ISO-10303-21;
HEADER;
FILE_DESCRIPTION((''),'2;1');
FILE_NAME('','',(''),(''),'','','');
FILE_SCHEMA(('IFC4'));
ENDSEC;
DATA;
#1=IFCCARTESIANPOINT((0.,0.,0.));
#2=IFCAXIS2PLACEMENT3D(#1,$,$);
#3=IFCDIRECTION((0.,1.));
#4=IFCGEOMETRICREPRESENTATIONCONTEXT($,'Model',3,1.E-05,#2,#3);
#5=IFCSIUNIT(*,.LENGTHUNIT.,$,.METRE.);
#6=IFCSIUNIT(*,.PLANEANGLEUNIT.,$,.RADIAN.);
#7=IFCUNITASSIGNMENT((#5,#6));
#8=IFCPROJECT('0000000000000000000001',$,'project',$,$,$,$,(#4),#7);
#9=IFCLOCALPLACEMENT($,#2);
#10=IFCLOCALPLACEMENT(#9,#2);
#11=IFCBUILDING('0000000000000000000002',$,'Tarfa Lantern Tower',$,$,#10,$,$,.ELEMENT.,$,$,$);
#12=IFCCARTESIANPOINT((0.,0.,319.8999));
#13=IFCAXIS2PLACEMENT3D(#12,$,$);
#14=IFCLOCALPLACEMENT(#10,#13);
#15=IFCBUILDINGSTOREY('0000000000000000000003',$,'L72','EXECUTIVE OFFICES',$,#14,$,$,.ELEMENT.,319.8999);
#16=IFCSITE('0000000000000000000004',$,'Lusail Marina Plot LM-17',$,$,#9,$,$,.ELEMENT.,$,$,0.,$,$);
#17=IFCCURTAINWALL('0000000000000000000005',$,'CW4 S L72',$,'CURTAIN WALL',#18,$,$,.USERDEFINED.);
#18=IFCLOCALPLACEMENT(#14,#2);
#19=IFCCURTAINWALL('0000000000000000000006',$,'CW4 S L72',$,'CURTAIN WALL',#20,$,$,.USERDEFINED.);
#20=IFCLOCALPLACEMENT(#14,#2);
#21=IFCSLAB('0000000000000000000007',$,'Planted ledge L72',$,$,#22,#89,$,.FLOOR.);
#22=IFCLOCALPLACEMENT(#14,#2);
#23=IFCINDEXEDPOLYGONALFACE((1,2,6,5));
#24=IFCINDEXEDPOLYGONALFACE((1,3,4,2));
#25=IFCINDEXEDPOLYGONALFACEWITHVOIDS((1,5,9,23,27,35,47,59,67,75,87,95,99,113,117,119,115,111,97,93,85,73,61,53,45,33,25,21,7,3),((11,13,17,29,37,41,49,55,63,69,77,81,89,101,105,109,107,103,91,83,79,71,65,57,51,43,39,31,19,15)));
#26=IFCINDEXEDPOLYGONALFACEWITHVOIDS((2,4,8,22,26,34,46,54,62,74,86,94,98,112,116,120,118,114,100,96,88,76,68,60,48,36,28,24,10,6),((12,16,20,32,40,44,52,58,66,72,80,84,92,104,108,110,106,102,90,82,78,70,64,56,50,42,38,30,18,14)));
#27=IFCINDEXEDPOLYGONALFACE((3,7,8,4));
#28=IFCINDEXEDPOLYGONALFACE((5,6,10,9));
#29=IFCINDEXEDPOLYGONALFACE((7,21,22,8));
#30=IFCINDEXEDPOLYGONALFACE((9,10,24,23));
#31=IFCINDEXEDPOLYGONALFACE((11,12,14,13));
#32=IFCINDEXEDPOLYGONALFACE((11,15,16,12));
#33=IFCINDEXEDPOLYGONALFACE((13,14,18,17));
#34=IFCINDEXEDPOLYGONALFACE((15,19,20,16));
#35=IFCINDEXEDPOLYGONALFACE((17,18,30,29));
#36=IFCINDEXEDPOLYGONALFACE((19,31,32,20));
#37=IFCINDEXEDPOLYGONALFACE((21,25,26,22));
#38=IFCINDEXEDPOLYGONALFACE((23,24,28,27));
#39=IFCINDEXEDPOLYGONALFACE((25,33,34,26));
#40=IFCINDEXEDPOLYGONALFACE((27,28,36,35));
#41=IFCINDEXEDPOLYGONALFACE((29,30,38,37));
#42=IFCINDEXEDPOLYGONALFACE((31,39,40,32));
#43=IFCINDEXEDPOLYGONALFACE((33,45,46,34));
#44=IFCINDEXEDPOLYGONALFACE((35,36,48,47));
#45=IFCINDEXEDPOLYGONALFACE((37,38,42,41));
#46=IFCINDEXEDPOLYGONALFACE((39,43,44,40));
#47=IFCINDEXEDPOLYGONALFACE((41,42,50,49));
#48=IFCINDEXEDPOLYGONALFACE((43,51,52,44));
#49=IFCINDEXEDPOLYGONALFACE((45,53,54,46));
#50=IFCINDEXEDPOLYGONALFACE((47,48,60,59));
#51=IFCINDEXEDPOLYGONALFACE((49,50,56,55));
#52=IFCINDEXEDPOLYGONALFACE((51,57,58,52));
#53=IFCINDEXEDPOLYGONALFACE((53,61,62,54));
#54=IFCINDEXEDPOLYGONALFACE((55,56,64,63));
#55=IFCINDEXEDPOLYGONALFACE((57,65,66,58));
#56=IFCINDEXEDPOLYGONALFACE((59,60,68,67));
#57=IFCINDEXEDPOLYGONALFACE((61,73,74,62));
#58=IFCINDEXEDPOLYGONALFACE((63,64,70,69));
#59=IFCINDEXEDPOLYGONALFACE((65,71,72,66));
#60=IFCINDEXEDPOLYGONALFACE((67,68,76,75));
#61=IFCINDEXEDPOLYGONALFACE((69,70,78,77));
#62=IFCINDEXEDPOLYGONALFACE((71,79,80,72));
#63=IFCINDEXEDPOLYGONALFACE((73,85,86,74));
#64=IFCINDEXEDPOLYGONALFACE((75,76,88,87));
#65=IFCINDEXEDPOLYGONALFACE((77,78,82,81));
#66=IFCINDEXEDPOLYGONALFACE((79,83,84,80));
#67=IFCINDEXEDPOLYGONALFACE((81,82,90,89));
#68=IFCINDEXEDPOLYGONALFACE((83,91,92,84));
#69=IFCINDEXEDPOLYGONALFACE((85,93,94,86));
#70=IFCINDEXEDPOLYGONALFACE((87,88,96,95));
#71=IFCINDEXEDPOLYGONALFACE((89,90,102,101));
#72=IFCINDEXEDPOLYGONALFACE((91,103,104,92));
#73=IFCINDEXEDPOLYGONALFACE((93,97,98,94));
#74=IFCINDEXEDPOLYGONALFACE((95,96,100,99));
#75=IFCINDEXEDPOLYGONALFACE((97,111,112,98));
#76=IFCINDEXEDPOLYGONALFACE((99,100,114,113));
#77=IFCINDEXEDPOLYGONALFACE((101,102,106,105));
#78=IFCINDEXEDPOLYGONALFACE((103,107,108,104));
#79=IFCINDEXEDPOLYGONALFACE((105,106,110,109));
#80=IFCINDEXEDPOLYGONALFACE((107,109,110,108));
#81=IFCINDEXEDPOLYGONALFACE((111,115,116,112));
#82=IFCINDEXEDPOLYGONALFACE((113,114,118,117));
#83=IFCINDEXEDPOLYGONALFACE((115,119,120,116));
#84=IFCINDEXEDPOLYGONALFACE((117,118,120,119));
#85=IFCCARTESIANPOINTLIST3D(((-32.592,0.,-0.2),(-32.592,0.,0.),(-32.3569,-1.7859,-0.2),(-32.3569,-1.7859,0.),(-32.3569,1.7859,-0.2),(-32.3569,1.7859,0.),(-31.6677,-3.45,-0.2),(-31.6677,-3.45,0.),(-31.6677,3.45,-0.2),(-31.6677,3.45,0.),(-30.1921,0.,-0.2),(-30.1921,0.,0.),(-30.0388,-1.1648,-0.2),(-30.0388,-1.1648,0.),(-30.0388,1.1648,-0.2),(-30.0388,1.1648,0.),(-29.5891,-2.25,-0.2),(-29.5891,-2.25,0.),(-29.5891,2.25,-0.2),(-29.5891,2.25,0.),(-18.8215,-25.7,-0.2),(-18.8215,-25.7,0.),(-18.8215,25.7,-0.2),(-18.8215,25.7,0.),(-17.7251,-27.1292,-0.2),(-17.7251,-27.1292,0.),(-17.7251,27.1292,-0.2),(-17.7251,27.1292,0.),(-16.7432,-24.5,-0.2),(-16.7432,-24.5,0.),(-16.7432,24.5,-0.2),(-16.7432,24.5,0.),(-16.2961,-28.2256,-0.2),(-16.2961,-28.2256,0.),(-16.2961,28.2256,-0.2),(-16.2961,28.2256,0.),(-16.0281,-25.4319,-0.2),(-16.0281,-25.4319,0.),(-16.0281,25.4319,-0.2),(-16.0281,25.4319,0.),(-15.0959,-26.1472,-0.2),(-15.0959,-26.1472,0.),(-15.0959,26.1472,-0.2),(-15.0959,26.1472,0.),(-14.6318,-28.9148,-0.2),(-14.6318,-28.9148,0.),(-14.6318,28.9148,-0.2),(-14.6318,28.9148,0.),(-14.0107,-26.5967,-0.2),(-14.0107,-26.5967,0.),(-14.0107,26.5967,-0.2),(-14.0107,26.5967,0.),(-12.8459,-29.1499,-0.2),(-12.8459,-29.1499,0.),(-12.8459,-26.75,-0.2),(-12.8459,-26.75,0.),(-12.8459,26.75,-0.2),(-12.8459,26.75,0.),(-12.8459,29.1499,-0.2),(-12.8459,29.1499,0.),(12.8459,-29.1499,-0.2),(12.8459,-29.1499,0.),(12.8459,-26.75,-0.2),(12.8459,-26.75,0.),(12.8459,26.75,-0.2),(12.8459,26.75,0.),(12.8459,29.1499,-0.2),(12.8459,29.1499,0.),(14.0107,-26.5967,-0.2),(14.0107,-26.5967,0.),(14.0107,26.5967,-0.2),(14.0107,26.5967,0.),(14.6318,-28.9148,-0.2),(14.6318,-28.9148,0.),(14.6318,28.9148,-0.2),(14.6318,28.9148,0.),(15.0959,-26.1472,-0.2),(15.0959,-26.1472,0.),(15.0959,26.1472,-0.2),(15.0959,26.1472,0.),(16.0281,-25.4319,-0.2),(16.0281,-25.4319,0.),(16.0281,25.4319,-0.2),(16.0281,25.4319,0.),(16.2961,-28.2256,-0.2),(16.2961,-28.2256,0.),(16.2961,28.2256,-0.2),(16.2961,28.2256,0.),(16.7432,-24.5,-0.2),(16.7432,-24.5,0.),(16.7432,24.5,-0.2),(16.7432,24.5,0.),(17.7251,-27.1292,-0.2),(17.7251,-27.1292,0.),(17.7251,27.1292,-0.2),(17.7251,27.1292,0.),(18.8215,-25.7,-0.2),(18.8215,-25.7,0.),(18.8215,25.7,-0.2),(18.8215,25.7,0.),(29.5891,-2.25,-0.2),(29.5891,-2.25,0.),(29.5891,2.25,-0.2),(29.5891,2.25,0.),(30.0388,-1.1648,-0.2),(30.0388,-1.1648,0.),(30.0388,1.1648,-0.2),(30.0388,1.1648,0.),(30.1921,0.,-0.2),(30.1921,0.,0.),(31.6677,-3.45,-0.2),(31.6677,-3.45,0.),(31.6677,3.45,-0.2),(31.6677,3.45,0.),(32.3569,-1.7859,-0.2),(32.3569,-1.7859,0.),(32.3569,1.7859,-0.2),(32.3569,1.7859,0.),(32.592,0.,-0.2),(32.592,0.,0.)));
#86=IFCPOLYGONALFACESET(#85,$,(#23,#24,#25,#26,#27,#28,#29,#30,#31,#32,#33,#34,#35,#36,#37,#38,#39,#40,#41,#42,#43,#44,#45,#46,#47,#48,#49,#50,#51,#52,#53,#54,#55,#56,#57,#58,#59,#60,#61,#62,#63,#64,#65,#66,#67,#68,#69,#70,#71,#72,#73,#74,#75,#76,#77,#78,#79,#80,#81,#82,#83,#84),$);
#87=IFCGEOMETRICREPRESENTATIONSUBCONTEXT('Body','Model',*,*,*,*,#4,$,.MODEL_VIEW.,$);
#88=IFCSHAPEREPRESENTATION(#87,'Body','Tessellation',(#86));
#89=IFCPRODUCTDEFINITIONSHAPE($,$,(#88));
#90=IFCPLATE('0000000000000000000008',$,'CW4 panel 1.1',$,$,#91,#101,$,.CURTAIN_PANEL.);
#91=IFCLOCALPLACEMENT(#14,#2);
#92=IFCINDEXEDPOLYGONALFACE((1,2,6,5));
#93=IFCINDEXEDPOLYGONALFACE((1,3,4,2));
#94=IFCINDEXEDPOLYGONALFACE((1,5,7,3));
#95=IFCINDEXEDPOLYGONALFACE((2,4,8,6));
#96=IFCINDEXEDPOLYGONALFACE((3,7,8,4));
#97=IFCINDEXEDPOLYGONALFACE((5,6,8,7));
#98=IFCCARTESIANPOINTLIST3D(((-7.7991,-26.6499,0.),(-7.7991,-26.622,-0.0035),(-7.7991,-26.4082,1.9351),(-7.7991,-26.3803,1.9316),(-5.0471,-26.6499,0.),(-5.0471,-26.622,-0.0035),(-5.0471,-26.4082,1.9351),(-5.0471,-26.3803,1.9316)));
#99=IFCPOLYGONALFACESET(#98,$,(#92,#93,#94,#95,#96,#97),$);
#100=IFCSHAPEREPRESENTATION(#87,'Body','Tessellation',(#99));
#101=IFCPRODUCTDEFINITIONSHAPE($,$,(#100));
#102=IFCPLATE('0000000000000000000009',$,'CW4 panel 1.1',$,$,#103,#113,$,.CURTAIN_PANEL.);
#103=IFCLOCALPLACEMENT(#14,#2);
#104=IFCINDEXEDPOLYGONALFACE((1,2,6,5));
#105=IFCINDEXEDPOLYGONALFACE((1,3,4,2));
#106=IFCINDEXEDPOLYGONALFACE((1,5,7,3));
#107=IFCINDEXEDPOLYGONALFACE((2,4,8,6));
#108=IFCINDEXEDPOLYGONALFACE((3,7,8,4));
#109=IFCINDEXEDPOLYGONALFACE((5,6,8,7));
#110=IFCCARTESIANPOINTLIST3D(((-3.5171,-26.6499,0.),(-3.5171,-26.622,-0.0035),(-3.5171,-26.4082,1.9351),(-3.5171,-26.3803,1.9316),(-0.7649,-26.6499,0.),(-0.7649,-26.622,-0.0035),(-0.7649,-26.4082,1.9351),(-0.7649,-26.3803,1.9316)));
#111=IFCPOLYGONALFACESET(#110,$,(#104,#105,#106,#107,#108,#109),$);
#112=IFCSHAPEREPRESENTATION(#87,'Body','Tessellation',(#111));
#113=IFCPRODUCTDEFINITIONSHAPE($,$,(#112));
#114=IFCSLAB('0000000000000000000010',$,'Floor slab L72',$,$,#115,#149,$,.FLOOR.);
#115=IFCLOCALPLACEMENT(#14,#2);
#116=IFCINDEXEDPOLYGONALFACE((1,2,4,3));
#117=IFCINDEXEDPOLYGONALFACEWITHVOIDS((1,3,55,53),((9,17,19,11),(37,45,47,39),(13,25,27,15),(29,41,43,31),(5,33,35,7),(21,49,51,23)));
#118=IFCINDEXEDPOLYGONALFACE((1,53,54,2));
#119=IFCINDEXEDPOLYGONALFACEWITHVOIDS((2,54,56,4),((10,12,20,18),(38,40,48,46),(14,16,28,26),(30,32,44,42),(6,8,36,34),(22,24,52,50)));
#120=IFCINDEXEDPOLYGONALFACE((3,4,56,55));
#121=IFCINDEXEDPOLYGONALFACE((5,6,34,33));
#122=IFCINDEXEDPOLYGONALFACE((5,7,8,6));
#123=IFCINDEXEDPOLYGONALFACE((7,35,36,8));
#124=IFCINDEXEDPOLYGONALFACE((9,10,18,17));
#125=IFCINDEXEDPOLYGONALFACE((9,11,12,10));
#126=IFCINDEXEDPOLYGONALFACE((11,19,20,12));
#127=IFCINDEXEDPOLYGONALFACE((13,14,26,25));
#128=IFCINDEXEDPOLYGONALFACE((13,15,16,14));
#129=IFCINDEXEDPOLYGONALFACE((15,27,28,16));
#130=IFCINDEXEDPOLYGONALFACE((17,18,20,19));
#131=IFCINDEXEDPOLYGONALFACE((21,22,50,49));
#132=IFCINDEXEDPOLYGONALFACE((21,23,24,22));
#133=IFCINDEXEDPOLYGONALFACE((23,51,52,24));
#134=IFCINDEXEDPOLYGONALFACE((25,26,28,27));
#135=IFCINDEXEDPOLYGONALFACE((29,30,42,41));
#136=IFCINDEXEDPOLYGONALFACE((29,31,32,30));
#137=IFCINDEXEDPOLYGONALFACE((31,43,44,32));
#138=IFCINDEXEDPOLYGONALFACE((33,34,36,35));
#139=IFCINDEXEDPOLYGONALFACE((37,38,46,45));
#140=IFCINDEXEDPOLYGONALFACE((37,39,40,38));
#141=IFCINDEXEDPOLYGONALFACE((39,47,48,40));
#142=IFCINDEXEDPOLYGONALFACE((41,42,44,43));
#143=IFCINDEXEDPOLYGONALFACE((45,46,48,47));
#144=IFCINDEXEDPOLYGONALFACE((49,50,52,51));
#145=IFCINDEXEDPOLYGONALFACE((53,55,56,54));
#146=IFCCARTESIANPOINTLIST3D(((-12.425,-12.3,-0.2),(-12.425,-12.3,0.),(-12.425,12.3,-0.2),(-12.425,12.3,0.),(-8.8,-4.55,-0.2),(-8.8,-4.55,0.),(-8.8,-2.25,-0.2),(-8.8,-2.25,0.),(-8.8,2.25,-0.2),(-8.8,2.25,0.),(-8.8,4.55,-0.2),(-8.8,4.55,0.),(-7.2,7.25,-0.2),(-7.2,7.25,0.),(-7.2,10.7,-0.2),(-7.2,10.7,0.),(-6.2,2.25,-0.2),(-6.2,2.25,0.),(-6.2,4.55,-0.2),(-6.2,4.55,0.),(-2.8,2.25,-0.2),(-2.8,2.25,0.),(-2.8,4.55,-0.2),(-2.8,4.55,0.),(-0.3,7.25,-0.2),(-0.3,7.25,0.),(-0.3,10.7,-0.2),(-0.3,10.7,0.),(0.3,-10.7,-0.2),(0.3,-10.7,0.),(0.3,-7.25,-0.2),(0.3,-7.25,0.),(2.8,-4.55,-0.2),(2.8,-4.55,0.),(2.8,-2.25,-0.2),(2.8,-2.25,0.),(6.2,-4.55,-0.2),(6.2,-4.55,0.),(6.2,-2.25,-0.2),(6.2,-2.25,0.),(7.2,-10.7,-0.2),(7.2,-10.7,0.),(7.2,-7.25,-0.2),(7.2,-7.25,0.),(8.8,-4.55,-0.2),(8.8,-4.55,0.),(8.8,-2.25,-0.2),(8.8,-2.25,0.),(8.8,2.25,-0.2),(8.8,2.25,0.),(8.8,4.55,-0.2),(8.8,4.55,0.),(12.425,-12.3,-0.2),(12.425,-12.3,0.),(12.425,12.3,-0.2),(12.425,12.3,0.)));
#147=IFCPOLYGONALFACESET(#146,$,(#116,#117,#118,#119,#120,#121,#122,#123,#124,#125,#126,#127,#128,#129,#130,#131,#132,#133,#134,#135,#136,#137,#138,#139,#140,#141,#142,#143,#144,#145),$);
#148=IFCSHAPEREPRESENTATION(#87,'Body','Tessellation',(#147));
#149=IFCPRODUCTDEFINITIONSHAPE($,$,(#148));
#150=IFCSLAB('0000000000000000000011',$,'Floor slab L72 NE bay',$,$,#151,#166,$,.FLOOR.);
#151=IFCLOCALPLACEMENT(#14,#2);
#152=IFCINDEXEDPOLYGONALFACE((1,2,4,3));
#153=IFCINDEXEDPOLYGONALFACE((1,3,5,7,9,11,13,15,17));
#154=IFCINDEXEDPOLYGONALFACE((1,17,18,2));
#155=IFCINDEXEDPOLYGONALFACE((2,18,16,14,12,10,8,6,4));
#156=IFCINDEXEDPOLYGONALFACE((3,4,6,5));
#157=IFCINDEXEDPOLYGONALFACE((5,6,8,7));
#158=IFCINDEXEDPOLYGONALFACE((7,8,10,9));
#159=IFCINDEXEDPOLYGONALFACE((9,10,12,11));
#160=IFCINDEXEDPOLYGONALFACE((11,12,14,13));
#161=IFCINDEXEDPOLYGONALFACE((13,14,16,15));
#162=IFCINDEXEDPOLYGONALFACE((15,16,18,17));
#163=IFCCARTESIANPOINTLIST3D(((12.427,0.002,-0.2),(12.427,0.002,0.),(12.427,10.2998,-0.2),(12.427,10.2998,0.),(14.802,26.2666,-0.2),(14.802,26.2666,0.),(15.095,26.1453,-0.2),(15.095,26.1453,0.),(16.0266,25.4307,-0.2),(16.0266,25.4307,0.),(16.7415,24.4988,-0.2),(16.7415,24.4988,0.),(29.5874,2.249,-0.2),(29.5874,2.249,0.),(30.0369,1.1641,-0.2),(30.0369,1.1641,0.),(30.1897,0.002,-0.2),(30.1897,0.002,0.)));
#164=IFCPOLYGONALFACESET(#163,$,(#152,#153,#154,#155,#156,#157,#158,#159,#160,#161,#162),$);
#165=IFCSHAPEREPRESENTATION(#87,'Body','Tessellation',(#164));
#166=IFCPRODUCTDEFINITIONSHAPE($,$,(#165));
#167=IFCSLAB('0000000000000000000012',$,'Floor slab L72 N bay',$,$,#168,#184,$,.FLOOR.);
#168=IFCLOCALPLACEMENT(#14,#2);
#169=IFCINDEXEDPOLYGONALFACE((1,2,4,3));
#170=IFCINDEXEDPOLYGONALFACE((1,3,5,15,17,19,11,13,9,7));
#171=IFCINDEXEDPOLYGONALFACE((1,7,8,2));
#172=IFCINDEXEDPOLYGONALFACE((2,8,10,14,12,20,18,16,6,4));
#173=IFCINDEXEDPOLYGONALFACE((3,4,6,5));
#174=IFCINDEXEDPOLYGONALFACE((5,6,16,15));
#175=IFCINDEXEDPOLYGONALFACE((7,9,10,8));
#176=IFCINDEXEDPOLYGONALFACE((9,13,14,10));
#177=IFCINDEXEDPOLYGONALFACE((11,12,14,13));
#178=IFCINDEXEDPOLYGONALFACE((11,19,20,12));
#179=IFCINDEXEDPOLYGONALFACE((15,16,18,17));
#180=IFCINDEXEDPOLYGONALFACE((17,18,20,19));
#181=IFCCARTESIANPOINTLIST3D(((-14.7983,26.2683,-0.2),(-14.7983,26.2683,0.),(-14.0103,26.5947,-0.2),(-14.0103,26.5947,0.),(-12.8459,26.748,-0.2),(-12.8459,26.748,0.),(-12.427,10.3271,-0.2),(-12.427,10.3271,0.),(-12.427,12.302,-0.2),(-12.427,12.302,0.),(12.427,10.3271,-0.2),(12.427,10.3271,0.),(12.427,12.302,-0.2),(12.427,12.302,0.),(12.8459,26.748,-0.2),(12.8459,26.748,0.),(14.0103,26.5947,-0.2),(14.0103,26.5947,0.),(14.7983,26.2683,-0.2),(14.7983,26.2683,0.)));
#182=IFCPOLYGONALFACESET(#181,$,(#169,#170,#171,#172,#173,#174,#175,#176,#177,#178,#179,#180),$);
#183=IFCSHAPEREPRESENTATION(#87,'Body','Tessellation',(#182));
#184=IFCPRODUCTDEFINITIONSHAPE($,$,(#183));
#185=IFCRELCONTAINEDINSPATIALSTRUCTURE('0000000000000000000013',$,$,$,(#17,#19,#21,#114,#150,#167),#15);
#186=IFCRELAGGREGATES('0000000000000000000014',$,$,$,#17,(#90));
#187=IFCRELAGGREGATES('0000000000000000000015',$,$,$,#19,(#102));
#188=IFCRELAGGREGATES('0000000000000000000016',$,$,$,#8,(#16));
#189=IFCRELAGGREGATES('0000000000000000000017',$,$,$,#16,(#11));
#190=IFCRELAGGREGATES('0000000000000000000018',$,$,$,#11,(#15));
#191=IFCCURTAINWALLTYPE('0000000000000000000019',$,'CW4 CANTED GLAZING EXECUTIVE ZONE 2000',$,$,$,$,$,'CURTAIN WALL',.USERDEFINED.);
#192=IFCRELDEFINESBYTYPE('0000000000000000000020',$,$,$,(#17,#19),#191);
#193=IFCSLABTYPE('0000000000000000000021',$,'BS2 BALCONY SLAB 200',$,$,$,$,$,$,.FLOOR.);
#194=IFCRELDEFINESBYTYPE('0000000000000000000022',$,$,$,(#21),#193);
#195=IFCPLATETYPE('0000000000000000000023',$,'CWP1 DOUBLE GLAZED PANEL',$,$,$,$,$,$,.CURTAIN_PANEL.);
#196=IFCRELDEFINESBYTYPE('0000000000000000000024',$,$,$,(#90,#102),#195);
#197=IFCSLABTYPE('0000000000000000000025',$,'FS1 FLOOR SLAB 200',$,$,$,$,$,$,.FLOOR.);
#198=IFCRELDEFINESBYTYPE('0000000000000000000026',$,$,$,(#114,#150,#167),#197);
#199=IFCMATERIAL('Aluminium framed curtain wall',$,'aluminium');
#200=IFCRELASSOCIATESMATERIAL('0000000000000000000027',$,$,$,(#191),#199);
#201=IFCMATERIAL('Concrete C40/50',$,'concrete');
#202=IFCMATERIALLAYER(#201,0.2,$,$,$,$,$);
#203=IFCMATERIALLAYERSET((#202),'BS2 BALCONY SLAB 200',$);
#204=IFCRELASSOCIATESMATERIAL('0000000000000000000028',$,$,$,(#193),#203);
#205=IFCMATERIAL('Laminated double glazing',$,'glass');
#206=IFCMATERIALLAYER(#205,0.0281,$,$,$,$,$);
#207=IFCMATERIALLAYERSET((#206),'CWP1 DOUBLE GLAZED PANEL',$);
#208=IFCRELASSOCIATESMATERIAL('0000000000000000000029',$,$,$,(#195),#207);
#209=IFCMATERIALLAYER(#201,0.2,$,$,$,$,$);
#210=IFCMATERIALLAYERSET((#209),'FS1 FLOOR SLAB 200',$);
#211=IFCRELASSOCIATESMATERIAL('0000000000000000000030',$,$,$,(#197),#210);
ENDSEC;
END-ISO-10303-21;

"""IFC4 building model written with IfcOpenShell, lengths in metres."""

from ifc_helpers import new_model, si_unit, direction, frame, origin, place, context, subcontext, project, spatial, polyline, outline, extrude, material, layer, layer_set, type_object, element, aggregate, save


model = new_model("IFC4")

# Units and contexts
model_context = context("Model", 3, precision=1e-05, world=origin(), true_north=direction((0.0, 1.0)))
body_context = subcontext(model_context, "Body", "Model", "MODEL_VIEW")
ifc_project = project(units=[si_unit("LENGTHUNIT", "METRE"), si_unit("PLANEANGLEUNIT", "RADIAN")], contexts=[model_context])

# Site, building, storey
site_placement = place(None, origin())
site = spatial("IfcSite", under=ifc_project, at=site_placement, Name="Lusail Marina Plot LM-17", CompositionType="ELEMENT", RefElevation=0.0)
building_placement = place(site_placement, origin())
building = spatial("IfcBuilding", under=site, at=building_placement, Name="Tarfa Lantern Tower", CompositionType="ELEMENT")
storey_placement = place(building_placement, frame((0.0, 0.0, 319.8999)))
storey = spatial("IfcBuildingStorey", under=building, at=storey_placement, Name="L72", Description="EXECUTIVE OFFICES", CompositionType="ELEMENT", Elevation=319.8999)

# Shared definitions
ifc_material_1 = material(Name="Aluminium framed curtain wall", Category="aluminium")
curtain_wall_type = type_object("IfcCurtainWallType", Name="CW4 CANTED GLAZING EXECUTIVE ZONE 2000", ElementType="CURTAIN WALL", PredefinedType="USERDEFINED", material=ifc_material_1)

# Curtain walls
curtain_wall_1_placement = place(storey_placement, origin())
curtain_wall_1 = element("IfcCurtainWall", 1, at=curtain_wall_1_placement, inside=storey, type_object=curtain_wall_type, Name="CW4 S L72", ObjectType="CURTAIN WALL", PredefinedType="USERDEFINED")
curtain_wall_2_placement = place(storey_placement, origin())
curtain_wall_2 = element("IfcCurtainWall", 2, at=curtain_wall_2_placement, inside=storey, type_object=curtain_wall_type, Name="CW4 S L72", ObjectType="CURTAIN WALL", PredefinedType="USERDEFINED")

# Slab
ifc_material_2 = material(Name="Concrete C40/50", Category="concrete")
ifc_layer_1 = layer(ifc_material_2, 0.2)
ifc_layer_set_1 = layer_set([ifc_layer_1], Name="BS2 BALCONY SLAB 200")
slab_type_1 = type_object("IfcSlabType", Name="BS2 BALCONY SLAB 200", PredefinedType="FLOOR", material=ifc_layer_set_1)
slab_1_placement = place(storey_placement, frame((0.0, 0.0, -0.2)))
element("IfcSlab", 3, at=slab_1_placement, inside=storey, type_object=slab_type_1, Name="Planted ledge L72", PredefinedType="FLOOR", context=body_context, shape_type="SweptSolid", body=[
    extrude(outline(polyline([(31.6677, 3.45), (18.8215, 25.7), (17.7251, 27.1292), (16.2961, 28.2256), (14.6318, 28.9148), (12.8459, 29.1499), (-12.8459, 29.1499), (-14.6318, 28.9148), (-16.2961, 28.2256), (-17.7251, 27.1292), (-18.8215, 25.7), (-31.6677, 3.45), (-32.3569, 1.7859), (-32.592, 0.0), (-32.3569, -1.7859), (-31.6677, -3.45), (-18.8215, -25.7), (-17.7251, -27.1292), (-16.2961, -28.2256), (-14.6318, -28.9148), (-12.8459, -29.1499), (12.8459, -29.1499), (14.6318, -28.9148), (16.2961, -28.2256), (17.7251, -27.1292), (18.8215, -25.7), (31.6677, -3.45), (32.3569, -1.7859), (32.592, 0.0), (32.3569, 1.7859), (31.6677, 3.45)]), holes=[polyline([(29.5891, 2.25), (16.7432, 24.5), (16.0281, 25.4319), (15.0959, 26.1472), (14.0107, 26.5967), (12.8459, 26.75), (-12.8459, 26.75), (-14.0107, 26.5967), (-15.0959, 26.1472), (-16.0281, 25.4319), (-16.7432, 24.5), (-29.5891, 2.25), (-30.0388, 1.1648), (-30.1921, 0.0), (-30.0388, -1.1648), (-29.5891, -2.25), (-16.7432, -24.5), (-16.0281, -25.4319), (-15.0959, -26.1472), (-14.0107, -26.5967), (-12.8459, -26.75), (12.8459, -26.75), (14.0107, -26.5967), (15.0959, -26.1472), (16.0281, -25.4319), (16.7432, -24.5), (29.5891, -2.25), (30.0388, -1.1648), (30.1921, 0.0), (30.0388, 1.1648), (29.5891, 2.25)])]), origin(), (0.0, 0.0, 1.0), 0.2),
])

# Plates
ifc_material_3 = material(Name="Laminated double glazing", Category="glass")
ifc_layer_2 = layer(ifc_material_3, 0.0281)
ifc_layer_set_2 = layer_set([ifc_layer_2], Name="CWP1 DOUBLE GLAZED PANEL")
plate_type = type_object("IfcPlateType", Name="CWP1 DOUBLE GLAZED PANEL", PredefinedType="CURTAIN_PANEL", material=ifc_layer_set_2)
plate_1_placement = place(storey_placement, frame((-7.7991, -26.6499, 0.0), z_axis=(0.0, -0.992289, 0.123942), x_axis=(1.0, 0.0, 0.0)))
plate_1 = element("IfcPlate", 4, at=plate_1_placement, type_object=plate_type, Name="CW4 panel 1.1", PredefinedType="CURTAIN_PANEL", context=body_context, shape_type="SweptSolid", body=[
    extrude(outline(polyline([(0.0, 0.0), (2.752, 0.0), (2.752, 1.9501), (0.0, 1.9501), (0.0, 0.0)])), origin(), (0.0, 0.0, -1.0), 0.0281),
])
aggregate(curtain_wall_1, [plate_1])
plate_2_placement = place(storey_placement, frame((-3.5171, -26.6499, 0.0), z_axis=(0.0, -0.992289, 0.123942), x_axis=(1.0, 0.0, 0.0)))
plate_2 = element("IfcPlate", 5, at=plate_2_placement, type_object=plate_type, Name="CW4 panel 1.1", PredefinedType="CURTAIN_PANEL", context=body_context, shape_type="SweptSolid", body=[
    extrude(outline(polyline([(0.0, 0.0), (2.7522, 0.0), (2.7522, 1.9501), (0.0, 1.9501), (0.0, 0.0)])), origin(), (0.0, 0.0, -1.0), 0.0281),
])
aggregate(curtain_wall_2, [plate_2])

# Slabs
ifc_layer_3 = layer(ifc_material_2, 0.2)
ifc_layer_set_3 = layer_set([ifc_layer_3], Name="FS1 FLOOR SLAB 200")
slab_type_2 = type_object("IfcSlabType", Name="FS1 FLOOR SLAB 200", PredefinedType="FLOOR", material=ifc_layer_set_3)
slab_2_placement = place(storey_placement, frame((0.0, 0.0, -0.2)))
element("IfcSlab", 6, at=slab_2_placement, inside=storey, type_object=slab_type_2, Name="Floor slab L72", PredefinedType="FLOOR", context=body_context, shape_type="SweptSolid", body=[
    extrude(outline(polyline([(-12.425, -12.3), (12.425, -12.3), (12.425, 12.3), (-12.425, 12.3), (-12.425, -12.3)]), holes=[polyline([(-8.8, 2.25), (-6.2, 2.25), (-6.2, 4.55), (-8.8, 4.55), (-8.8, 2.25)]), polyline([(-2.8, 2.25), (8.8, 2.25), (8.8, 4.55), (-2.8, 4.55), (-2.8, 2.25)]), polyline([(8.8, -2.25), (6.2, -2.25), (6.2, -4.55), (8.8, -4.55), (8.8, -2.25)]), polyline([(2.8, -2.25), (-8.8, -2.25), (-8.8, -4.55), (2.8, -4.55), (2.8, -2.25)]), polyline([(-7.2, 7.25), (-0.3, 7.25), (-0.3, 10.7), (-7.2, 10.7), (-7.2, 7.25)]), polyline([(7.2, -7.25), (0.3, -7.25), (0.3, -10.7), (7.2, -10.7), (7.2, -7.25)])]), origin(), (0.0, 0.0, 1.0), 0.2),
])
slab_3_placement = place(storey_placement, frame((0.0, 0.0, -0.2)))
element("IfcSlab", 7, at=slab_3_placement, inside=storey, type_object=slab_type_2, Name="Floor slab L72 NE bay", PredefinedType="FLOOR", context=body_context, shape_type="SweptSolid", body=[
    extrude(outline(polyline([(29.5874, 2.249), (16.7415, 24.4988), (16.0266, 25.4307), (15.095, 26.1453), (14.802, 26.2666), (12.427, 10.2998), (12.427, 0.002), (30.1897, 0.002), (30.0369, 1.1641), (29.5874, 2.249)])), origin(), (0.0, 0.0, 1.0), 0.2),
])
slab_4_placement = place(storey_placement, frame((0.0, 0.0, -0.2)))
element("IfcSlab", 8, at=slab_4_placement, inside=storey, type_object=slab_type_2, Name="Floor slab L72 N bay", PredefinedType="FLOOR", context=body_context, shape_type="SweptSolid", body=[
    extrude(outline(polyline([(-12.427, 10.3271), (-12.427, 12.302), (12.427, 12.302), (12.427, 10.3271), (14.7983, 26.2683), (14.0103, 26.5947), (12.8459, 26.748), (-12.8459, 26.748), (-14.0103, 26.5947), (-14.7983, 26.2683), (-12.427, 10.3271)])), origin(), (0.0, 0.0, 1.0), 0.2),
])

save(model, "model.ifc")
